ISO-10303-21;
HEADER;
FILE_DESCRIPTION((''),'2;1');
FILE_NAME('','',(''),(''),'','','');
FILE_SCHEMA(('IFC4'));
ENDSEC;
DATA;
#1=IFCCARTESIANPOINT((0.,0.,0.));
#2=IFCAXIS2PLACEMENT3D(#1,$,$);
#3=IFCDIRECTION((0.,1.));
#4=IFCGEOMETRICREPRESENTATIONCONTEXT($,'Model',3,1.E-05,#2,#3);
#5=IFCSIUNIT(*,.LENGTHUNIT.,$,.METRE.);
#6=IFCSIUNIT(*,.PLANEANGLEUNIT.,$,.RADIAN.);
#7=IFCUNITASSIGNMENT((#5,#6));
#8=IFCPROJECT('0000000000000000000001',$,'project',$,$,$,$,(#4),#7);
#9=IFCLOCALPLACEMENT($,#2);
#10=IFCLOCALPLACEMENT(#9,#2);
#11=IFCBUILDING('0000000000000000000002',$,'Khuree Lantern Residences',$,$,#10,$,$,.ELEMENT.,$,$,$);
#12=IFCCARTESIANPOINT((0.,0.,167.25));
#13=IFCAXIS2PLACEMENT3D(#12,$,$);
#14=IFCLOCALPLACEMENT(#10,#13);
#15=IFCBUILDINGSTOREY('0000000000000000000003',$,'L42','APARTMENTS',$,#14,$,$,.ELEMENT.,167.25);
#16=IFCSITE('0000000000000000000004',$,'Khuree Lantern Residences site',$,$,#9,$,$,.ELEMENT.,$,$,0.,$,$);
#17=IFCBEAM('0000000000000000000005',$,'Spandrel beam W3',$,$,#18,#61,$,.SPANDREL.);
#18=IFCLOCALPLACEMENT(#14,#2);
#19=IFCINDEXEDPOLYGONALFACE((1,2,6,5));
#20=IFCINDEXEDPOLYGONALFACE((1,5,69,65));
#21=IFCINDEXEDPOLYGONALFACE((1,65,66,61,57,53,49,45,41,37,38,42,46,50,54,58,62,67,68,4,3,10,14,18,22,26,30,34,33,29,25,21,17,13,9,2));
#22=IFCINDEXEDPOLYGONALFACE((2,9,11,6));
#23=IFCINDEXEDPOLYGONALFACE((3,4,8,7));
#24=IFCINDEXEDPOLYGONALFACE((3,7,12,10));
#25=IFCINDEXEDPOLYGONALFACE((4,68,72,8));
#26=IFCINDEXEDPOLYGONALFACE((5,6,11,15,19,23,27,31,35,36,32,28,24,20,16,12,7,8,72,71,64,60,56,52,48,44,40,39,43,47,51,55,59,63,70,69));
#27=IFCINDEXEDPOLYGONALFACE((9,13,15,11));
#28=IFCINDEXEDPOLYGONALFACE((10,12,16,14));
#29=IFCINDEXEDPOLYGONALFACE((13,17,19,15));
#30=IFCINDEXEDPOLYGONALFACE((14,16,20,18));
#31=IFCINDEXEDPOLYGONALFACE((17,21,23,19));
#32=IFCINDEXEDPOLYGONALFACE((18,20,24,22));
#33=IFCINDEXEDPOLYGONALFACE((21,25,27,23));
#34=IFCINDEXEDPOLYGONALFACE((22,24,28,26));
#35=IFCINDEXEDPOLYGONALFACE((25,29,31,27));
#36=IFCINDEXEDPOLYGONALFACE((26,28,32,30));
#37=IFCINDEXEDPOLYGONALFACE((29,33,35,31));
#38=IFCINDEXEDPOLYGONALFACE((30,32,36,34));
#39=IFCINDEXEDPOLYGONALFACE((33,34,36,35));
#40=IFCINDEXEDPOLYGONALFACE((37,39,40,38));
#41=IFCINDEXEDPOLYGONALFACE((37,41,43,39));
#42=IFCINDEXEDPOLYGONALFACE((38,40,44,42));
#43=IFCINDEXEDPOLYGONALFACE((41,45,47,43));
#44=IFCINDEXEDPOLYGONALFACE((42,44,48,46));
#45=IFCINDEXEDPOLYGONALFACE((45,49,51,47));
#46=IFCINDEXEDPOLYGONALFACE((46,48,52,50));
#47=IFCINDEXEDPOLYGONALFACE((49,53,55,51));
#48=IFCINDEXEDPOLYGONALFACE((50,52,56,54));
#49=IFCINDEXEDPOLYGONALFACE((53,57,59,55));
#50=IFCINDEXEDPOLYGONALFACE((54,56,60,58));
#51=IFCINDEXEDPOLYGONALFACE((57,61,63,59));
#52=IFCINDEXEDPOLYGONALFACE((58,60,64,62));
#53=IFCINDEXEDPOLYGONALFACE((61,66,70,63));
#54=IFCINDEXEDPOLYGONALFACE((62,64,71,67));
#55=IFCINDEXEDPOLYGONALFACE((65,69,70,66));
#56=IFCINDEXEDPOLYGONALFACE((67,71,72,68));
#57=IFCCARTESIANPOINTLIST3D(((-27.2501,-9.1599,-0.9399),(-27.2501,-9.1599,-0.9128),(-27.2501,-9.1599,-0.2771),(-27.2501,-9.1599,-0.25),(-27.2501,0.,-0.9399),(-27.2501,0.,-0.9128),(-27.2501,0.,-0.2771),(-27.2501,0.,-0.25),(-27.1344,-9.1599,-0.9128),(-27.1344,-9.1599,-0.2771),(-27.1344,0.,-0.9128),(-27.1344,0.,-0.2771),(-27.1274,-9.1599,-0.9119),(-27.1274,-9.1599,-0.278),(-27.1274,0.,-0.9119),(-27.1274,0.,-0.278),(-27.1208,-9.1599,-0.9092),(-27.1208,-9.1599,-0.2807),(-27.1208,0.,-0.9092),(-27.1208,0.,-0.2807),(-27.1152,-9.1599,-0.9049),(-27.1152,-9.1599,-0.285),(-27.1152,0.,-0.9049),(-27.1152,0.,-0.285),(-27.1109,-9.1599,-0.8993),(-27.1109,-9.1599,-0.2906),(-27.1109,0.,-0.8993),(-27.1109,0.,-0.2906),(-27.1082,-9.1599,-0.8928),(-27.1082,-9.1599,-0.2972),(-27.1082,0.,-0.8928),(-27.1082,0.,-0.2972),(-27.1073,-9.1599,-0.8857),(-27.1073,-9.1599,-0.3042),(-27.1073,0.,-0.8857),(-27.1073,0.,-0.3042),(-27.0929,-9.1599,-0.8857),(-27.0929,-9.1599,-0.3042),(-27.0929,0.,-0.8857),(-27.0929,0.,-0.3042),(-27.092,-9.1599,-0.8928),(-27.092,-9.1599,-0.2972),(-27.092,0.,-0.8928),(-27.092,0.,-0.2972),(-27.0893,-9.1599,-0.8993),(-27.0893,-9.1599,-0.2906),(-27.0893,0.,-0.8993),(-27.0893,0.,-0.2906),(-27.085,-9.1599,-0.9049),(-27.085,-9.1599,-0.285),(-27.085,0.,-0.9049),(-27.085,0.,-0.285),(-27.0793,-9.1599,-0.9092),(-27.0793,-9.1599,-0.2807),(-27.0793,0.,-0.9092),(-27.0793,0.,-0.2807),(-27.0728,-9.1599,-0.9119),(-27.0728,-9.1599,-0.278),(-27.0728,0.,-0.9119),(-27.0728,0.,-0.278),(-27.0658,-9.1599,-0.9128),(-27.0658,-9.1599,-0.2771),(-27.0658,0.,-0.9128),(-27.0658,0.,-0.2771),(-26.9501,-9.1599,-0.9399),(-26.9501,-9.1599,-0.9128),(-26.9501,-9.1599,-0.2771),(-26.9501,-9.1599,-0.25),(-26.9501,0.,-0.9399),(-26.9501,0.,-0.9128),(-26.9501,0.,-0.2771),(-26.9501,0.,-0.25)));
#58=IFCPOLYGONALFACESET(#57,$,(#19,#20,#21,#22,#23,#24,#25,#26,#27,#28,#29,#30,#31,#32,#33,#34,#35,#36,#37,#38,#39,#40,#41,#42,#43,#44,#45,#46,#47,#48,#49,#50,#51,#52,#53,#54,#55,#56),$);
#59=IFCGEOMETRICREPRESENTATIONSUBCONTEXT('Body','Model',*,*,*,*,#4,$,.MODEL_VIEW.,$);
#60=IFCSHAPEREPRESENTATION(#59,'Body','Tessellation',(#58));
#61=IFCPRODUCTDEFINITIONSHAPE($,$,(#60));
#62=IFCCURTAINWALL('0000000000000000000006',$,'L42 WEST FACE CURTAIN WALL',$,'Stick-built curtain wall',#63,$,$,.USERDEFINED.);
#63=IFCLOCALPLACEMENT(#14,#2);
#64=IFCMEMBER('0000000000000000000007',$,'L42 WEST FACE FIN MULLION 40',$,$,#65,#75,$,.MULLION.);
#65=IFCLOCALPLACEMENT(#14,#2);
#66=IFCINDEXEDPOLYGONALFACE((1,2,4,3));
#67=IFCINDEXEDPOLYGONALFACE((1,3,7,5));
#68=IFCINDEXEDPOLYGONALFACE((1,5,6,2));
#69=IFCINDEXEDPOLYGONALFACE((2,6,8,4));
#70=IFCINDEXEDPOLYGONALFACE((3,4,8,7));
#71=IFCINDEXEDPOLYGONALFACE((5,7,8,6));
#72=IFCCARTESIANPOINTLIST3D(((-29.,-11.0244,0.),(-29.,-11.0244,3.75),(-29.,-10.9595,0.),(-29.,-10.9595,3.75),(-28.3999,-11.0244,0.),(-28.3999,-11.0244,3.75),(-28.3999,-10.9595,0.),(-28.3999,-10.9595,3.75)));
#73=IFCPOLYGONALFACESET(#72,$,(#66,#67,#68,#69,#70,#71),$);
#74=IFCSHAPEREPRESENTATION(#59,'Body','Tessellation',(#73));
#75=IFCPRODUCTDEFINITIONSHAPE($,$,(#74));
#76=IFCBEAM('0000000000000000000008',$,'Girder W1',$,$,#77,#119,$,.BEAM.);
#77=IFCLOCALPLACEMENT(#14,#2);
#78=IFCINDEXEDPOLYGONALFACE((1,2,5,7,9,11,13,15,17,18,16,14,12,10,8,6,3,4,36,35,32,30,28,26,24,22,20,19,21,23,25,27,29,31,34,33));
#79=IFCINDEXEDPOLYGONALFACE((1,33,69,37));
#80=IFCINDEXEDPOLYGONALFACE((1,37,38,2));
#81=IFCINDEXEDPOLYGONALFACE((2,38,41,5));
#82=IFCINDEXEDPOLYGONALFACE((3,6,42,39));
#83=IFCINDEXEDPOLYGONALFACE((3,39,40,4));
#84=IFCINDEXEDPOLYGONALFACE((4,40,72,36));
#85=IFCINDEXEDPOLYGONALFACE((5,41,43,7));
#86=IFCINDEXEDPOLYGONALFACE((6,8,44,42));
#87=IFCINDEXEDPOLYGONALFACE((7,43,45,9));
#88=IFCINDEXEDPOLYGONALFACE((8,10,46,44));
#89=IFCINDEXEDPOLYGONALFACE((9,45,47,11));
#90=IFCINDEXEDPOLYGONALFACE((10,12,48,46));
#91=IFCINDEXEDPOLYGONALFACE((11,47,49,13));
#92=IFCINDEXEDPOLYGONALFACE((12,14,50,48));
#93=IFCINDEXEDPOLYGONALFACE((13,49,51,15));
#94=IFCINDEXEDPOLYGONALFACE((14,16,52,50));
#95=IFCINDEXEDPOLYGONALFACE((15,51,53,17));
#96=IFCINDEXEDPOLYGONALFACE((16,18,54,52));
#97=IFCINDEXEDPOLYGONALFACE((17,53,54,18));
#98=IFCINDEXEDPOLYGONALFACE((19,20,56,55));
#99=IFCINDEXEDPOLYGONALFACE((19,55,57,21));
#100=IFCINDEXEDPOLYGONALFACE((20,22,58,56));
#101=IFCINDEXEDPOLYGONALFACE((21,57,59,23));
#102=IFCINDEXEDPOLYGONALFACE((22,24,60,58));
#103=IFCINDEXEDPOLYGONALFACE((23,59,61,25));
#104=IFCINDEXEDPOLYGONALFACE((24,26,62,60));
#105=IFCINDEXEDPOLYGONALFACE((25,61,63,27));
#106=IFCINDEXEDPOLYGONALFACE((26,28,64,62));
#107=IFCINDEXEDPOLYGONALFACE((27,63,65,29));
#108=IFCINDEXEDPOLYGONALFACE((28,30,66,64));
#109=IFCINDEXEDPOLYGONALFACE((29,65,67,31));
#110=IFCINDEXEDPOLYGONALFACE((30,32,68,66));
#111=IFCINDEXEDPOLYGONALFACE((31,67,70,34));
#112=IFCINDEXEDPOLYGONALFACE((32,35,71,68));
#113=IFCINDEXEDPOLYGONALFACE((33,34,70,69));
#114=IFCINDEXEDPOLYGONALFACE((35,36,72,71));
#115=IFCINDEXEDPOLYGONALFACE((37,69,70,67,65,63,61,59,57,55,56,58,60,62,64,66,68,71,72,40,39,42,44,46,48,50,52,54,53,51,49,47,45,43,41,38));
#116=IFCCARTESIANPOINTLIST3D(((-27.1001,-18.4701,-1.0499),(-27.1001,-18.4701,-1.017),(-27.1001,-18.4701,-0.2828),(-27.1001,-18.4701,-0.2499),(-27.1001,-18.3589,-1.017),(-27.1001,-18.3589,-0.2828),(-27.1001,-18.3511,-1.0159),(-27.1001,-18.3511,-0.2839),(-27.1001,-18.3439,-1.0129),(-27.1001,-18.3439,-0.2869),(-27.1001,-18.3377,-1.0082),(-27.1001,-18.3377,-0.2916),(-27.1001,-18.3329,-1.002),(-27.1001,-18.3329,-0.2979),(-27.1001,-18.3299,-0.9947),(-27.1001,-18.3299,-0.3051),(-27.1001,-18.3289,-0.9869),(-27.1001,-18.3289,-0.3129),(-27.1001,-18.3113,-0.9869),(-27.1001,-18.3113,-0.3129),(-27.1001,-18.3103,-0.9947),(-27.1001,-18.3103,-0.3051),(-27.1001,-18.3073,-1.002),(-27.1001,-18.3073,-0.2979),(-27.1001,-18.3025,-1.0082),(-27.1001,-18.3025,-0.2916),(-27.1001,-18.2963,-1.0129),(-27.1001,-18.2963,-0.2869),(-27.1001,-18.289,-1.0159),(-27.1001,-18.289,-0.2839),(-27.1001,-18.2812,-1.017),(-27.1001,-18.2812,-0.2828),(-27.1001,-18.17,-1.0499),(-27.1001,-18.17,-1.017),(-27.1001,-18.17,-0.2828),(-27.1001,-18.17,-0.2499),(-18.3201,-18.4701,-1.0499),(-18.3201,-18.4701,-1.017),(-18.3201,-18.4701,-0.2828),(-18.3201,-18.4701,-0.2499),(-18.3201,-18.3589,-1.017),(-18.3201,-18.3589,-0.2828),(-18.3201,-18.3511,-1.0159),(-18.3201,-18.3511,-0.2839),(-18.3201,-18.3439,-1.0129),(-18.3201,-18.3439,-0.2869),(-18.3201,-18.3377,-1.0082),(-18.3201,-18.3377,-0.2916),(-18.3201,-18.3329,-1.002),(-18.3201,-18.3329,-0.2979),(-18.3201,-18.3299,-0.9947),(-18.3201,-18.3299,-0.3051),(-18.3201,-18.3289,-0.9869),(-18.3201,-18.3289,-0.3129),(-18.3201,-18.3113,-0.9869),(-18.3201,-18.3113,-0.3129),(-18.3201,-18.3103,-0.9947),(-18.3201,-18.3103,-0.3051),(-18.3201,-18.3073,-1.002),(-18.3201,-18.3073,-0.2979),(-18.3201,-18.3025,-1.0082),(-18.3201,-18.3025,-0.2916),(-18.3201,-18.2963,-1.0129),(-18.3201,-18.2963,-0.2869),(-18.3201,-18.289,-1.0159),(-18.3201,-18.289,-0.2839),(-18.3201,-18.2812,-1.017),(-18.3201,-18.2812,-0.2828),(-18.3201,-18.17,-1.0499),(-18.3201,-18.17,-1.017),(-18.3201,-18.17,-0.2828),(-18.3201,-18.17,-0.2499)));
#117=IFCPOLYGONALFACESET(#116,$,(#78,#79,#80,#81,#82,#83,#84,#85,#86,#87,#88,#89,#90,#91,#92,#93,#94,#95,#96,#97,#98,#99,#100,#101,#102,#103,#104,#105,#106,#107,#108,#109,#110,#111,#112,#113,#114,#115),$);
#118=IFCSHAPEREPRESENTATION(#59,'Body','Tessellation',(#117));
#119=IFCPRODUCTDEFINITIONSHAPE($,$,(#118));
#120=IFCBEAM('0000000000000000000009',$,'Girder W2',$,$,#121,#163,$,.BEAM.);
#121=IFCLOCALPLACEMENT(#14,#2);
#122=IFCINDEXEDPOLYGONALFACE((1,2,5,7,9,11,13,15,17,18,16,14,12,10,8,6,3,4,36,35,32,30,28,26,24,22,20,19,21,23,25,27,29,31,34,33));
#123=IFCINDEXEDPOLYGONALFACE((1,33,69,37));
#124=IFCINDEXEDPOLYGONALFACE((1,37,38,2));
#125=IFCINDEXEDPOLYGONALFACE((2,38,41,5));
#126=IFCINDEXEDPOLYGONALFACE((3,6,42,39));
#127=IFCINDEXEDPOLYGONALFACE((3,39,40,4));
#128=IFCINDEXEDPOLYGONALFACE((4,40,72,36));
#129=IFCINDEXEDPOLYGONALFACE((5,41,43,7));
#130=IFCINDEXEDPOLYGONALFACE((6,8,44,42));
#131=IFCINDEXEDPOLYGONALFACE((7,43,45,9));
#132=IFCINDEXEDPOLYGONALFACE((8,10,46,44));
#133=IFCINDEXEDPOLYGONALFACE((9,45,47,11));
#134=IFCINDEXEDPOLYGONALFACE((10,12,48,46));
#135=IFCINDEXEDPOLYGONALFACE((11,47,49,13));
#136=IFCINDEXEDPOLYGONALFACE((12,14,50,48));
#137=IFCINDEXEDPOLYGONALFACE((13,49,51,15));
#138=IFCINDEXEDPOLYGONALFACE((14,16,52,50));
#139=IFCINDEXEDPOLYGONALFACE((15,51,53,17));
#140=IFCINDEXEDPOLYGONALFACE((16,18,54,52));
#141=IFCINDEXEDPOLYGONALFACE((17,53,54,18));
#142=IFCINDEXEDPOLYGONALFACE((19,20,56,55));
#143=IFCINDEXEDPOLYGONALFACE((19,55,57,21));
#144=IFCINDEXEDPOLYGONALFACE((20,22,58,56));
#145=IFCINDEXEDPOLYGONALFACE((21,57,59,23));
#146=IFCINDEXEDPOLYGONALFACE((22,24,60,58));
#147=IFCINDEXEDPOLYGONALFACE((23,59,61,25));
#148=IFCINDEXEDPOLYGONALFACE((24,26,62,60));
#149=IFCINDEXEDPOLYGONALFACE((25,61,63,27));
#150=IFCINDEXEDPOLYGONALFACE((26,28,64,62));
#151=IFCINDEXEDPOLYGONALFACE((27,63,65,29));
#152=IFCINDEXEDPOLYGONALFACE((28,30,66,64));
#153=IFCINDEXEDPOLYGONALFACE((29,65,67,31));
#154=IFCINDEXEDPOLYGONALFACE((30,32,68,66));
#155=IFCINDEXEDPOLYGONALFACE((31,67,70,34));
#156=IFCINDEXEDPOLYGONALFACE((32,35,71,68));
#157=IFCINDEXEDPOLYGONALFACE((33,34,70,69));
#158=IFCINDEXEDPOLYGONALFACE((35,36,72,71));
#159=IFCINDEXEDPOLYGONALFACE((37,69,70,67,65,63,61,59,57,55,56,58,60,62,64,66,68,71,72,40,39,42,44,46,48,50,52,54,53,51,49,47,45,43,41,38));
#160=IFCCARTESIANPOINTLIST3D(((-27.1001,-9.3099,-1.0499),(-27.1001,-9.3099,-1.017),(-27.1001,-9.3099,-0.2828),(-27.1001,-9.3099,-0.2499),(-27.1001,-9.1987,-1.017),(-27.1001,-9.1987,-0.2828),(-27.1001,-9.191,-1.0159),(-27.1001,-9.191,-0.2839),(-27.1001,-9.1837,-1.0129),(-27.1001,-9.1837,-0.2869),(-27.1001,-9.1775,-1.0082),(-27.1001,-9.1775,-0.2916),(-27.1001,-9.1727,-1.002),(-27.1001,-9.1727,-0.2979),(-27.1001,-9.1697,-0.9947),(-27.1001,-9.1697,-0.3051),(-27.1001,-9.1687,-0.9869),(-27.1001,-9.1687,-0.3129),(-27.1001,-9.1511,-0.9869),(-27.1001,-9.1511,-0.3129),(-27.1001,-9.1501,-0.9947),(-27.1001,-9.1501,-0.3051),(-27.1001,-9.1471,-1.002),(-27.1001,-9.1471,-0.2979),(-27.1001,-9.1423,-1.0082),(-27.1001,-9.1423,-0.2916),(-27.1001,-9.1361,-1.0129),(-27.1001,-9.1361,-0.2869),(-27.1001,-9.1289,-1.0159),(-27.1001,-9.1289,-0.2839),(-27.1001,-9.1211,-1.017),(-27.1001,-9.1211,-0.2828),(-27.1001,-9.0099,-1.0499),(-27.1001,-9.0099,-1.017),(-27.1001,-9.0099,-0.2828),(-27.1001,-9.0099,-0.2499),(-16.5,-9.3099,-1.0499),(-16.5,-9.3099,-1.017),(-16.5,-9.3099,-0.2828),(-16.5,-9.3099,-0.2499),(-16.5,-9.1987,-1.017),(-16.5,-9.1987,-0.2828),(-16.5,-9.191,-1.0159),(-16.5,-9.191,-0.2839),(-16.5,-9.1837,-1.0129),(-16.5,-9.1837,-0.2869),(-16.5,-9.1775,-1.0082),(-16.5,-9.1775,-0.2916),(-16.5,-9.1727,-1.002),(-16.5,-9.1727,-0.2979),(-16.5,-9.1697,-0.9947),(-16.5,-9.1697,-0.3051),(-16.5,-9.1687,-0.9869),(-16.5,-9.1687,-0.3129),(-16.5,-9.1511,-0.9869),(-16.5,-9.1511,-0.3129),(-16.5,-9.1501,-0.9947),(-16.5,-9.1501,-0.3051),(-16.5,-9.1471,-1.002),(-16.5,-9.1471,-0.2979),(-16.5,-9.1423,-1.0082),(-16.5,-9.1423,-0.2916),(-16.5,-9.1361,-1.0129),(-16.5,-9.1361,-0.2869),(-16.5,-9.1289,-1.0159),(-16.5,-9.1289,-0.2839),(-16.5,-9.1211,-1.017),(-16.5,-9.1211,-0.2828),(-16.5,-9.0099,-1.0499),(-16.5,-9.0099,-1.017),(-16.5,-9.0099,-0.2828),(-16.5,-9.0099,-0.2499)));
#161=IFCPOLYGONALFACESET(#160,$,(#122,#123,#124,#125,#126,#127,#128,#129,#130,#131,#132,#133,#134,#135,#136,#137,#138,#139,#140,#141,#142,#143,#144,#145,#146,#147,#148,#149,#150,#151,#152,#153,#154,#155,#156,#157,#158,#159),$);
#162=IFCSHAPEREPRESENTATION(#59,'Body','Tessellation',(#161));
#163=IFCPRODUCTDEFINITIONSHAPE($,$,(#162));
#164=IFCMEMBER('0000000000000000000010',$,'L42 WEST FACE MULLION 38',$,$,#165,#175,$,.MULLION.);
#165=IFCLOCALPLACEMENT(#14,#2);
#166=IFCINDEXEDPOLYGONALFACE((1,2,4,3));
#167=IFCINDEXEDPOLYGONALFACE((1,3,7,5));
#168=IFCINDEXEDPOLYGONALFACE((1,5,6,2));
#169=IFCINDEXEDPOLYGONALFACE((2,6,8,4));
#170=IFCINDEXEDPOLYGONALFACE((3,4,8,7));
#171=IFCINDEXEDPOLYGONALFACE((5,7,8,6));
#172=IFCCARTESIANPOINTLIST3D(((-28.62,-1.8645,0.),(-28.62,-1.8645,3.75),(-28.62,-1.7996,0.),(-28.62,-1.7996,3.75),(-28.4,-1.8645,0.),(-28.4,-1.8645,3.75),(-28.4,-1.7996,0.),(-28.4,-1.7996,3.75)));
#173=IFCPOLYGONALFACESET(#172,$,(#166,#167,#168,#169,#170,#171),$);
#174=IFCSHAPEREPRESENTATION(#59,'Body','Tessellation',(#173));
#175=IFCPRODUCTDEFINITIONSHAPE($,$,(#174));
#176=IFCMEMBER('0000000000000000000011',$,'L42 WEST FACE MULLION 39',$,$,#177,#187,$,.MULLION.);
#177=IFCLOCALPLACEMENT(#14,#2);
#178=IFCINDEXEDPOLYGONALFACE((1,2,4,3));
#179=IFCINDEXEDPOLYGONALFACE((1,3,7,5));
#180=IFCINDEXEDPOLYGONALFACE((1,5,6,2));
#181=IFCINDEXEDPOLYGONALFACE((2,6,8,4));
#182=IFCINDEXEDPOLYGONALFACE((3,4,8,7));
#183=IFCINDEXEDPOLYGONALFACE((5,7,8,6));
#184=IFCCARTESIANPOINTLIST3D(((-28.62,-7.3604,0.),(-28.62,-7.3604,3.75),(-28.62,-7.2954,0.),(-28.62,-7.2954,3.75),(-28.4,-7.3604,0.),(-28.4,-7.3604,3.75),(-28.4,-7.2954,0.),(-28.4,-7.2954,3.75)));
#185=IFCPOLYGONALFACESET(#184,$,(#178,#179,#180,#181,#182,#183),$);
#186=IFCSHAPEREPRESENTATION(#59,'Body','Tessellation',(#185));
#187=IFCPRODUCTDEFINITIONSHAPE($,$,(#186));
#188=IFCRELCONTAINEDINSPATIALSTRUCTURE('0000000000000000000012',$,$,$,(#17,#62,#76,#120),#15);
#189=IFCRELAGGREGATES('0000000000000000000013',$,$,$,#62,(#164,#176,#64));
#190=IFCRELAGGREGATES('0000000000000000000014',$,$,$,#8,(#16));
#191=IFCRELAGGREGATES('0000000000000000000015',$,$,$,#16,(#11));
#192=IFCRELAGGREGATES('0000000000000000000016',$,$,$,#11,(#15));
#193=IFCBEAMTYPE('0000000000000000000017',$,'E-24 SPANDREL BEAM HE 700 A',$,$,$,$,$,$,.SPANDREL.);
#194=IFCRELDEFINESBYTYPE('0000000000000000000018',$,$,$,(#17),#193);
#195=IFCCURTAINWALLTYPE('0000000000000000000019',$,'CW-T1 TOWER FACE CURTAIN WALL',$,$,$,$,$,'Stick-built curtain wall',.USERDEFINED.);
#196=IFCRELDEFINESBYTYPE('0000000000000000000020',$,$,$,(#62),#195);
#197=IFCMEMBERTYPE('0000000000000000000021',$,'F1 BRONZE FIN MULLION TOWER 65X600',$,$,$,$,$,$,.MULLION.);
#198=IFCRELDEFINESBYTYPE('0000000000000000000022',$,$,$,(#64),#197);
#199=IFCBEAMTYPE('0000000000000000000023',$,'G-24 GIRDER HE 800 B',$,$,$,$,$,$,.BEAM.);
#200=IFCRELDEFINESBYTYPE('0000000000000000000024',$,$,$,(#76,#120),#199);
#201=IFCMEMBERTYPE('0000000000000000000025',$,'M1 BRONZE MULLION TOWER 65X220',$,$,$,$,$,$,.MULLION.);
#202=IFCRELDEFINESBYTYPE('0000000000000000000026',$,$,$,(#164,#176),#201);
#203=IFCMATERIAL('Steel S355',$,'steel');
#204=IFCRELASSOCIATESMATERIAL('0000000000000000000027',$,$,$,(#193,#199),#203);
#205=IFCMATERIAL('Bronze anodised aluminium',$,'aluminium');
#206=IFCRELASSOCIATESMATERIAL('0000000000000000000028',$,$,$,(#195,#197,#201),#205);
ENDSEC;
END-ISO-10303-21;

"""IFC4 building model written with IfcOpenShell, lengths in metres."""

from ifc_helpers import new_model, si_unit, direction, frame, origin, origin_2d, place, context, subcontext, project, spatial, rectangle, i_section, extrude, material, material_profile, profile_set, type_object, element, aggregate, save


model = new_model("IFC4")

# Units and contexts
model_context = context("Model", 3, precision=1e-05, world=origin(), true_north=direction((0.0, 1.0)))
body_context = subcontext(model_context, "Body", "Model", "MODEL_VIEW")
ifc_project = project(units=[si_unit("LENGTHUNIT", "METRE"), si_unit("PLANEANGLEUNIT", "RADIAN")], contexts=[model_context])

# Site, building, storey
site_placement = place(None, origin())
site = spatial("IfcSite", under=ifc_project, at=site_placement, Name="Khuree Lantern Residences site", CompositionType="ELEMENT", RefElevation=0.0)
building_placement = place(site_placement, origin())
building = spatial("IfcBuilding", under=site, at=building_placement, Name="Khuree Lantern Residences", CompositionType="ELEMENT")
storey_placement = place(building_placement, frame((0.0, 0.0, 167.25)))
storey = spatial("IfcBuildingStorey", under=building, at=storey_placement, Name="L42", Description="APARTMENTS", CompositionType="ELEMENT", Elevation=167.25)

# Beam
ifc_material_1 = material(Name="Steel S355", Category="steel")
ifc_material_profile_1 = material_profile(ifc_material_1, i_section(OverallWidth=0.3, OverallDepth=0.6899, WebThickness=0.0144, FlangeThickness=0.0271, FilletRadius=0.0271, at=origin_2d()), Name="HE 700 A")
ifc_profile_set_1 = profile_set([ifc_material_profile_1], Name="Steel S355")
beam_type_1 = type_object("IfcBeamType", Name="E-24 SPANDREL BEAM HE 700 A", PredefinedType="SPANDREL", material=ifc_profile_set_1)
beam_1_placement = place(storey_placement, frame((-27.1001, -9.1599, -0.595), z_axis=(0.0, 1.0, 0.0), x_axis=(-1.0, 0.0, 0.0)))
element("IfcBeam", 1, at=beam_1_placement, inside=storey, type_object=beam_type_1, Name="Spandrel beam W3", PredefinedType="SPANDREL", context=body_context, shape_type="SweptSolid", body=[
    extrude(i_section(OverallWidth=0.3, OverallDepth=0.6899, WebThickness=0.0144, FlangeThickness=0.0271, FilletRadius=0.0271, at=origin_2d()), origin(), (0.0, 0.0, 1.0), 9.1599),
])

# Curtain wall, member
ifc_material_2 = material(Name="Bronze anodised aluminium", Category="aluminium")
curtain_wall_type = type_object("IfcCurtainWallType", Name="CW-T1 TOWER FACE CURTAIN WALL", ElementType="Stick-built curtain wall", PredefinedType="USERDEFINED", material=ifc_material_2)
curtain_wall_placement = place(storey_placement, origin())
curtain_wall = element("IfcCurtainWall", 2, at=curtain_wall_placement, inside=storey, type_object=curtain_wall_type, Name="L42 WEST FACE CURTAIN WALL", ObjectType="Stick-built curtain wall", PredefinedType="USERDEFINED")
ifc_material_profile_2 = material_profile(ifc_material_2, rectangle(XDim=0.0649, YDim=0.6001, at=origin_2d()), Name="F1 65X600")
ifc_profile_set_2 = profile_set([ifc_material_profile_2], Name="Bronze anodised aluminium")
member_type_1 = type_object("IfcMemberType", Name="F1 BRONZE FIN MULLION TOWER 65X600", PredefinedType="MULLION", material=ifc_profile_set_2)
member_1_placement = place(storey_placement, frame((-28.7, -10.9919, 0.0), z_axis=(0.0, 0.0, 1.0), x_axis=(0.0, -1.0, 0.0)))
member_1 = element("IfcMember", 3, at=member_1_placement, type_object=member_type_1, Name="L42 WEST FACE FIN MULLION 40", PredefinedType="MULLION", context=body_context, shape_type="SweptSolid", body=[
    extrude(rectangle(XDim=0.0649, YDim=0.6001, at=origin_2d()), origin(), (0.0, 0.0, 1.0), 3.75),
])

# Beams
ifc_material_profile_3 = material_profile(ifc_material_1, i_section(OverallWidth=0.3, OverallDepth=0.8, WebThickness=0.0176, FlangeThickness=0.033, FilletRadius=0.03, at=origin_2d()), Name="HE 800 B")
ifc_profile_set_3 = profile_set([ifc_material_profile_3], Name="Steel S355")
beam_type_2 = type_object("IfcBeamType", Name="G-24 GIRDER HE 800 B", PredefinedType="BEAM", material=ifc_profile_set_3)
beam_2_placement = place(storey_placement, frame((-27.1001, -18.3201, -0.6499), z_axis=(1.0, 0.0, 0.0), x_axis=(0.0, 1.0, 0.0)))
element("IfcBeam", 4, at=beam_2_placement, inside=storey, type_object=beam_type_2, Name="Girder W1", PredefinedType="BEAM", context=body_context, shape_type="SweptSolid", body=[
    extrude(i_section(OverallWidth=0.3, OverallDepth=0.8, WebThickness=0.0176, FlangeThickness=0.033, FilletRadius=0.03, at=origin_2d()), origin(), (0.0, 0.0, 1.0), 8.78),
])
beam_3_placement = place(storey_placement, frame((-27.1001, -9.1599, -0.6499), z_axis=(1.0, 0.0, 0.0), x_axis=(0.0, 1.0, 0.0)))
element("IfcBeam", 5, at=beam_3_placement, inside=storey, type_object=beam_type_2, Name="Girder W2", PredefinedType="BEAM", context=body_context, shape_type="SweptSolid", body=[
    extrude(i_section(OverallWidth=0.3, OverallDepth=0.8, WebThickness=0.0176, FlangeThickness=0.033, FilletRadius=0.03, at=origin_2d()), origin(), (0.0, 0.0, 1.0), 10.6001),
])

# Members
ifc_material_profile_4 = material_profile(ifc_material_2, rectangle(XDim=0.0649, YDim=0.22, at=origin_2d()), Name="M1 65X220")
ifc_profile_set_4 = profile_set([ifc_material_profile_4], Name="Bronze anodised aluminium")
member_type_2 = type_object("IfcMemberType", Name="M1 BRONZE MULLION TOWER 65X220", PredefinedType="MULLION", material=ifc_profile_set_4)
member_2_placement = place(storey_placement, frame((-28.51, -1.832, 0.0), z_axis=(0.0, 0.0, 1.0), x_axis=(0.0, -1.0, 0.0)))
member_2 = element("IfcMember", 6, at=member_2_placement, type_object=member_type_2, Name="L42 WEST FACE MULLION 38", PredefinedType="MULLION", context=body_context, shape_type="SweptSolid", body=[
    extrude(rectangle(XDim=0.0649, YDim=0.22, at=origin_2d()), origin(), (0.0, 0.0, 1.0), 3.75),
])
member_3_placement = place(storey_placement, frame((-28.51, -7.3279, 0.0), z_axis=(0.0, 0.0, 1.0), x_axis=(0.0, -1.0, 0.0)))
member_3 = element("IfcMember", 7, at=member_3_placement, type_object=member_type_2, Name="L42 WEST FACE MULLION 39", PredefinedType="MULLION", context=body_context, shape_type="SweptSolid", body=[
    extrude(rectangle(XDim=0.0649, YDim=0.22, at=origin_2d()), origin(), (0.0, 0.0, 1.0), 3.75),
])

aggregate(curtain_wall, [member_2, member_3, member_1])

save(model, "model.ifc")
